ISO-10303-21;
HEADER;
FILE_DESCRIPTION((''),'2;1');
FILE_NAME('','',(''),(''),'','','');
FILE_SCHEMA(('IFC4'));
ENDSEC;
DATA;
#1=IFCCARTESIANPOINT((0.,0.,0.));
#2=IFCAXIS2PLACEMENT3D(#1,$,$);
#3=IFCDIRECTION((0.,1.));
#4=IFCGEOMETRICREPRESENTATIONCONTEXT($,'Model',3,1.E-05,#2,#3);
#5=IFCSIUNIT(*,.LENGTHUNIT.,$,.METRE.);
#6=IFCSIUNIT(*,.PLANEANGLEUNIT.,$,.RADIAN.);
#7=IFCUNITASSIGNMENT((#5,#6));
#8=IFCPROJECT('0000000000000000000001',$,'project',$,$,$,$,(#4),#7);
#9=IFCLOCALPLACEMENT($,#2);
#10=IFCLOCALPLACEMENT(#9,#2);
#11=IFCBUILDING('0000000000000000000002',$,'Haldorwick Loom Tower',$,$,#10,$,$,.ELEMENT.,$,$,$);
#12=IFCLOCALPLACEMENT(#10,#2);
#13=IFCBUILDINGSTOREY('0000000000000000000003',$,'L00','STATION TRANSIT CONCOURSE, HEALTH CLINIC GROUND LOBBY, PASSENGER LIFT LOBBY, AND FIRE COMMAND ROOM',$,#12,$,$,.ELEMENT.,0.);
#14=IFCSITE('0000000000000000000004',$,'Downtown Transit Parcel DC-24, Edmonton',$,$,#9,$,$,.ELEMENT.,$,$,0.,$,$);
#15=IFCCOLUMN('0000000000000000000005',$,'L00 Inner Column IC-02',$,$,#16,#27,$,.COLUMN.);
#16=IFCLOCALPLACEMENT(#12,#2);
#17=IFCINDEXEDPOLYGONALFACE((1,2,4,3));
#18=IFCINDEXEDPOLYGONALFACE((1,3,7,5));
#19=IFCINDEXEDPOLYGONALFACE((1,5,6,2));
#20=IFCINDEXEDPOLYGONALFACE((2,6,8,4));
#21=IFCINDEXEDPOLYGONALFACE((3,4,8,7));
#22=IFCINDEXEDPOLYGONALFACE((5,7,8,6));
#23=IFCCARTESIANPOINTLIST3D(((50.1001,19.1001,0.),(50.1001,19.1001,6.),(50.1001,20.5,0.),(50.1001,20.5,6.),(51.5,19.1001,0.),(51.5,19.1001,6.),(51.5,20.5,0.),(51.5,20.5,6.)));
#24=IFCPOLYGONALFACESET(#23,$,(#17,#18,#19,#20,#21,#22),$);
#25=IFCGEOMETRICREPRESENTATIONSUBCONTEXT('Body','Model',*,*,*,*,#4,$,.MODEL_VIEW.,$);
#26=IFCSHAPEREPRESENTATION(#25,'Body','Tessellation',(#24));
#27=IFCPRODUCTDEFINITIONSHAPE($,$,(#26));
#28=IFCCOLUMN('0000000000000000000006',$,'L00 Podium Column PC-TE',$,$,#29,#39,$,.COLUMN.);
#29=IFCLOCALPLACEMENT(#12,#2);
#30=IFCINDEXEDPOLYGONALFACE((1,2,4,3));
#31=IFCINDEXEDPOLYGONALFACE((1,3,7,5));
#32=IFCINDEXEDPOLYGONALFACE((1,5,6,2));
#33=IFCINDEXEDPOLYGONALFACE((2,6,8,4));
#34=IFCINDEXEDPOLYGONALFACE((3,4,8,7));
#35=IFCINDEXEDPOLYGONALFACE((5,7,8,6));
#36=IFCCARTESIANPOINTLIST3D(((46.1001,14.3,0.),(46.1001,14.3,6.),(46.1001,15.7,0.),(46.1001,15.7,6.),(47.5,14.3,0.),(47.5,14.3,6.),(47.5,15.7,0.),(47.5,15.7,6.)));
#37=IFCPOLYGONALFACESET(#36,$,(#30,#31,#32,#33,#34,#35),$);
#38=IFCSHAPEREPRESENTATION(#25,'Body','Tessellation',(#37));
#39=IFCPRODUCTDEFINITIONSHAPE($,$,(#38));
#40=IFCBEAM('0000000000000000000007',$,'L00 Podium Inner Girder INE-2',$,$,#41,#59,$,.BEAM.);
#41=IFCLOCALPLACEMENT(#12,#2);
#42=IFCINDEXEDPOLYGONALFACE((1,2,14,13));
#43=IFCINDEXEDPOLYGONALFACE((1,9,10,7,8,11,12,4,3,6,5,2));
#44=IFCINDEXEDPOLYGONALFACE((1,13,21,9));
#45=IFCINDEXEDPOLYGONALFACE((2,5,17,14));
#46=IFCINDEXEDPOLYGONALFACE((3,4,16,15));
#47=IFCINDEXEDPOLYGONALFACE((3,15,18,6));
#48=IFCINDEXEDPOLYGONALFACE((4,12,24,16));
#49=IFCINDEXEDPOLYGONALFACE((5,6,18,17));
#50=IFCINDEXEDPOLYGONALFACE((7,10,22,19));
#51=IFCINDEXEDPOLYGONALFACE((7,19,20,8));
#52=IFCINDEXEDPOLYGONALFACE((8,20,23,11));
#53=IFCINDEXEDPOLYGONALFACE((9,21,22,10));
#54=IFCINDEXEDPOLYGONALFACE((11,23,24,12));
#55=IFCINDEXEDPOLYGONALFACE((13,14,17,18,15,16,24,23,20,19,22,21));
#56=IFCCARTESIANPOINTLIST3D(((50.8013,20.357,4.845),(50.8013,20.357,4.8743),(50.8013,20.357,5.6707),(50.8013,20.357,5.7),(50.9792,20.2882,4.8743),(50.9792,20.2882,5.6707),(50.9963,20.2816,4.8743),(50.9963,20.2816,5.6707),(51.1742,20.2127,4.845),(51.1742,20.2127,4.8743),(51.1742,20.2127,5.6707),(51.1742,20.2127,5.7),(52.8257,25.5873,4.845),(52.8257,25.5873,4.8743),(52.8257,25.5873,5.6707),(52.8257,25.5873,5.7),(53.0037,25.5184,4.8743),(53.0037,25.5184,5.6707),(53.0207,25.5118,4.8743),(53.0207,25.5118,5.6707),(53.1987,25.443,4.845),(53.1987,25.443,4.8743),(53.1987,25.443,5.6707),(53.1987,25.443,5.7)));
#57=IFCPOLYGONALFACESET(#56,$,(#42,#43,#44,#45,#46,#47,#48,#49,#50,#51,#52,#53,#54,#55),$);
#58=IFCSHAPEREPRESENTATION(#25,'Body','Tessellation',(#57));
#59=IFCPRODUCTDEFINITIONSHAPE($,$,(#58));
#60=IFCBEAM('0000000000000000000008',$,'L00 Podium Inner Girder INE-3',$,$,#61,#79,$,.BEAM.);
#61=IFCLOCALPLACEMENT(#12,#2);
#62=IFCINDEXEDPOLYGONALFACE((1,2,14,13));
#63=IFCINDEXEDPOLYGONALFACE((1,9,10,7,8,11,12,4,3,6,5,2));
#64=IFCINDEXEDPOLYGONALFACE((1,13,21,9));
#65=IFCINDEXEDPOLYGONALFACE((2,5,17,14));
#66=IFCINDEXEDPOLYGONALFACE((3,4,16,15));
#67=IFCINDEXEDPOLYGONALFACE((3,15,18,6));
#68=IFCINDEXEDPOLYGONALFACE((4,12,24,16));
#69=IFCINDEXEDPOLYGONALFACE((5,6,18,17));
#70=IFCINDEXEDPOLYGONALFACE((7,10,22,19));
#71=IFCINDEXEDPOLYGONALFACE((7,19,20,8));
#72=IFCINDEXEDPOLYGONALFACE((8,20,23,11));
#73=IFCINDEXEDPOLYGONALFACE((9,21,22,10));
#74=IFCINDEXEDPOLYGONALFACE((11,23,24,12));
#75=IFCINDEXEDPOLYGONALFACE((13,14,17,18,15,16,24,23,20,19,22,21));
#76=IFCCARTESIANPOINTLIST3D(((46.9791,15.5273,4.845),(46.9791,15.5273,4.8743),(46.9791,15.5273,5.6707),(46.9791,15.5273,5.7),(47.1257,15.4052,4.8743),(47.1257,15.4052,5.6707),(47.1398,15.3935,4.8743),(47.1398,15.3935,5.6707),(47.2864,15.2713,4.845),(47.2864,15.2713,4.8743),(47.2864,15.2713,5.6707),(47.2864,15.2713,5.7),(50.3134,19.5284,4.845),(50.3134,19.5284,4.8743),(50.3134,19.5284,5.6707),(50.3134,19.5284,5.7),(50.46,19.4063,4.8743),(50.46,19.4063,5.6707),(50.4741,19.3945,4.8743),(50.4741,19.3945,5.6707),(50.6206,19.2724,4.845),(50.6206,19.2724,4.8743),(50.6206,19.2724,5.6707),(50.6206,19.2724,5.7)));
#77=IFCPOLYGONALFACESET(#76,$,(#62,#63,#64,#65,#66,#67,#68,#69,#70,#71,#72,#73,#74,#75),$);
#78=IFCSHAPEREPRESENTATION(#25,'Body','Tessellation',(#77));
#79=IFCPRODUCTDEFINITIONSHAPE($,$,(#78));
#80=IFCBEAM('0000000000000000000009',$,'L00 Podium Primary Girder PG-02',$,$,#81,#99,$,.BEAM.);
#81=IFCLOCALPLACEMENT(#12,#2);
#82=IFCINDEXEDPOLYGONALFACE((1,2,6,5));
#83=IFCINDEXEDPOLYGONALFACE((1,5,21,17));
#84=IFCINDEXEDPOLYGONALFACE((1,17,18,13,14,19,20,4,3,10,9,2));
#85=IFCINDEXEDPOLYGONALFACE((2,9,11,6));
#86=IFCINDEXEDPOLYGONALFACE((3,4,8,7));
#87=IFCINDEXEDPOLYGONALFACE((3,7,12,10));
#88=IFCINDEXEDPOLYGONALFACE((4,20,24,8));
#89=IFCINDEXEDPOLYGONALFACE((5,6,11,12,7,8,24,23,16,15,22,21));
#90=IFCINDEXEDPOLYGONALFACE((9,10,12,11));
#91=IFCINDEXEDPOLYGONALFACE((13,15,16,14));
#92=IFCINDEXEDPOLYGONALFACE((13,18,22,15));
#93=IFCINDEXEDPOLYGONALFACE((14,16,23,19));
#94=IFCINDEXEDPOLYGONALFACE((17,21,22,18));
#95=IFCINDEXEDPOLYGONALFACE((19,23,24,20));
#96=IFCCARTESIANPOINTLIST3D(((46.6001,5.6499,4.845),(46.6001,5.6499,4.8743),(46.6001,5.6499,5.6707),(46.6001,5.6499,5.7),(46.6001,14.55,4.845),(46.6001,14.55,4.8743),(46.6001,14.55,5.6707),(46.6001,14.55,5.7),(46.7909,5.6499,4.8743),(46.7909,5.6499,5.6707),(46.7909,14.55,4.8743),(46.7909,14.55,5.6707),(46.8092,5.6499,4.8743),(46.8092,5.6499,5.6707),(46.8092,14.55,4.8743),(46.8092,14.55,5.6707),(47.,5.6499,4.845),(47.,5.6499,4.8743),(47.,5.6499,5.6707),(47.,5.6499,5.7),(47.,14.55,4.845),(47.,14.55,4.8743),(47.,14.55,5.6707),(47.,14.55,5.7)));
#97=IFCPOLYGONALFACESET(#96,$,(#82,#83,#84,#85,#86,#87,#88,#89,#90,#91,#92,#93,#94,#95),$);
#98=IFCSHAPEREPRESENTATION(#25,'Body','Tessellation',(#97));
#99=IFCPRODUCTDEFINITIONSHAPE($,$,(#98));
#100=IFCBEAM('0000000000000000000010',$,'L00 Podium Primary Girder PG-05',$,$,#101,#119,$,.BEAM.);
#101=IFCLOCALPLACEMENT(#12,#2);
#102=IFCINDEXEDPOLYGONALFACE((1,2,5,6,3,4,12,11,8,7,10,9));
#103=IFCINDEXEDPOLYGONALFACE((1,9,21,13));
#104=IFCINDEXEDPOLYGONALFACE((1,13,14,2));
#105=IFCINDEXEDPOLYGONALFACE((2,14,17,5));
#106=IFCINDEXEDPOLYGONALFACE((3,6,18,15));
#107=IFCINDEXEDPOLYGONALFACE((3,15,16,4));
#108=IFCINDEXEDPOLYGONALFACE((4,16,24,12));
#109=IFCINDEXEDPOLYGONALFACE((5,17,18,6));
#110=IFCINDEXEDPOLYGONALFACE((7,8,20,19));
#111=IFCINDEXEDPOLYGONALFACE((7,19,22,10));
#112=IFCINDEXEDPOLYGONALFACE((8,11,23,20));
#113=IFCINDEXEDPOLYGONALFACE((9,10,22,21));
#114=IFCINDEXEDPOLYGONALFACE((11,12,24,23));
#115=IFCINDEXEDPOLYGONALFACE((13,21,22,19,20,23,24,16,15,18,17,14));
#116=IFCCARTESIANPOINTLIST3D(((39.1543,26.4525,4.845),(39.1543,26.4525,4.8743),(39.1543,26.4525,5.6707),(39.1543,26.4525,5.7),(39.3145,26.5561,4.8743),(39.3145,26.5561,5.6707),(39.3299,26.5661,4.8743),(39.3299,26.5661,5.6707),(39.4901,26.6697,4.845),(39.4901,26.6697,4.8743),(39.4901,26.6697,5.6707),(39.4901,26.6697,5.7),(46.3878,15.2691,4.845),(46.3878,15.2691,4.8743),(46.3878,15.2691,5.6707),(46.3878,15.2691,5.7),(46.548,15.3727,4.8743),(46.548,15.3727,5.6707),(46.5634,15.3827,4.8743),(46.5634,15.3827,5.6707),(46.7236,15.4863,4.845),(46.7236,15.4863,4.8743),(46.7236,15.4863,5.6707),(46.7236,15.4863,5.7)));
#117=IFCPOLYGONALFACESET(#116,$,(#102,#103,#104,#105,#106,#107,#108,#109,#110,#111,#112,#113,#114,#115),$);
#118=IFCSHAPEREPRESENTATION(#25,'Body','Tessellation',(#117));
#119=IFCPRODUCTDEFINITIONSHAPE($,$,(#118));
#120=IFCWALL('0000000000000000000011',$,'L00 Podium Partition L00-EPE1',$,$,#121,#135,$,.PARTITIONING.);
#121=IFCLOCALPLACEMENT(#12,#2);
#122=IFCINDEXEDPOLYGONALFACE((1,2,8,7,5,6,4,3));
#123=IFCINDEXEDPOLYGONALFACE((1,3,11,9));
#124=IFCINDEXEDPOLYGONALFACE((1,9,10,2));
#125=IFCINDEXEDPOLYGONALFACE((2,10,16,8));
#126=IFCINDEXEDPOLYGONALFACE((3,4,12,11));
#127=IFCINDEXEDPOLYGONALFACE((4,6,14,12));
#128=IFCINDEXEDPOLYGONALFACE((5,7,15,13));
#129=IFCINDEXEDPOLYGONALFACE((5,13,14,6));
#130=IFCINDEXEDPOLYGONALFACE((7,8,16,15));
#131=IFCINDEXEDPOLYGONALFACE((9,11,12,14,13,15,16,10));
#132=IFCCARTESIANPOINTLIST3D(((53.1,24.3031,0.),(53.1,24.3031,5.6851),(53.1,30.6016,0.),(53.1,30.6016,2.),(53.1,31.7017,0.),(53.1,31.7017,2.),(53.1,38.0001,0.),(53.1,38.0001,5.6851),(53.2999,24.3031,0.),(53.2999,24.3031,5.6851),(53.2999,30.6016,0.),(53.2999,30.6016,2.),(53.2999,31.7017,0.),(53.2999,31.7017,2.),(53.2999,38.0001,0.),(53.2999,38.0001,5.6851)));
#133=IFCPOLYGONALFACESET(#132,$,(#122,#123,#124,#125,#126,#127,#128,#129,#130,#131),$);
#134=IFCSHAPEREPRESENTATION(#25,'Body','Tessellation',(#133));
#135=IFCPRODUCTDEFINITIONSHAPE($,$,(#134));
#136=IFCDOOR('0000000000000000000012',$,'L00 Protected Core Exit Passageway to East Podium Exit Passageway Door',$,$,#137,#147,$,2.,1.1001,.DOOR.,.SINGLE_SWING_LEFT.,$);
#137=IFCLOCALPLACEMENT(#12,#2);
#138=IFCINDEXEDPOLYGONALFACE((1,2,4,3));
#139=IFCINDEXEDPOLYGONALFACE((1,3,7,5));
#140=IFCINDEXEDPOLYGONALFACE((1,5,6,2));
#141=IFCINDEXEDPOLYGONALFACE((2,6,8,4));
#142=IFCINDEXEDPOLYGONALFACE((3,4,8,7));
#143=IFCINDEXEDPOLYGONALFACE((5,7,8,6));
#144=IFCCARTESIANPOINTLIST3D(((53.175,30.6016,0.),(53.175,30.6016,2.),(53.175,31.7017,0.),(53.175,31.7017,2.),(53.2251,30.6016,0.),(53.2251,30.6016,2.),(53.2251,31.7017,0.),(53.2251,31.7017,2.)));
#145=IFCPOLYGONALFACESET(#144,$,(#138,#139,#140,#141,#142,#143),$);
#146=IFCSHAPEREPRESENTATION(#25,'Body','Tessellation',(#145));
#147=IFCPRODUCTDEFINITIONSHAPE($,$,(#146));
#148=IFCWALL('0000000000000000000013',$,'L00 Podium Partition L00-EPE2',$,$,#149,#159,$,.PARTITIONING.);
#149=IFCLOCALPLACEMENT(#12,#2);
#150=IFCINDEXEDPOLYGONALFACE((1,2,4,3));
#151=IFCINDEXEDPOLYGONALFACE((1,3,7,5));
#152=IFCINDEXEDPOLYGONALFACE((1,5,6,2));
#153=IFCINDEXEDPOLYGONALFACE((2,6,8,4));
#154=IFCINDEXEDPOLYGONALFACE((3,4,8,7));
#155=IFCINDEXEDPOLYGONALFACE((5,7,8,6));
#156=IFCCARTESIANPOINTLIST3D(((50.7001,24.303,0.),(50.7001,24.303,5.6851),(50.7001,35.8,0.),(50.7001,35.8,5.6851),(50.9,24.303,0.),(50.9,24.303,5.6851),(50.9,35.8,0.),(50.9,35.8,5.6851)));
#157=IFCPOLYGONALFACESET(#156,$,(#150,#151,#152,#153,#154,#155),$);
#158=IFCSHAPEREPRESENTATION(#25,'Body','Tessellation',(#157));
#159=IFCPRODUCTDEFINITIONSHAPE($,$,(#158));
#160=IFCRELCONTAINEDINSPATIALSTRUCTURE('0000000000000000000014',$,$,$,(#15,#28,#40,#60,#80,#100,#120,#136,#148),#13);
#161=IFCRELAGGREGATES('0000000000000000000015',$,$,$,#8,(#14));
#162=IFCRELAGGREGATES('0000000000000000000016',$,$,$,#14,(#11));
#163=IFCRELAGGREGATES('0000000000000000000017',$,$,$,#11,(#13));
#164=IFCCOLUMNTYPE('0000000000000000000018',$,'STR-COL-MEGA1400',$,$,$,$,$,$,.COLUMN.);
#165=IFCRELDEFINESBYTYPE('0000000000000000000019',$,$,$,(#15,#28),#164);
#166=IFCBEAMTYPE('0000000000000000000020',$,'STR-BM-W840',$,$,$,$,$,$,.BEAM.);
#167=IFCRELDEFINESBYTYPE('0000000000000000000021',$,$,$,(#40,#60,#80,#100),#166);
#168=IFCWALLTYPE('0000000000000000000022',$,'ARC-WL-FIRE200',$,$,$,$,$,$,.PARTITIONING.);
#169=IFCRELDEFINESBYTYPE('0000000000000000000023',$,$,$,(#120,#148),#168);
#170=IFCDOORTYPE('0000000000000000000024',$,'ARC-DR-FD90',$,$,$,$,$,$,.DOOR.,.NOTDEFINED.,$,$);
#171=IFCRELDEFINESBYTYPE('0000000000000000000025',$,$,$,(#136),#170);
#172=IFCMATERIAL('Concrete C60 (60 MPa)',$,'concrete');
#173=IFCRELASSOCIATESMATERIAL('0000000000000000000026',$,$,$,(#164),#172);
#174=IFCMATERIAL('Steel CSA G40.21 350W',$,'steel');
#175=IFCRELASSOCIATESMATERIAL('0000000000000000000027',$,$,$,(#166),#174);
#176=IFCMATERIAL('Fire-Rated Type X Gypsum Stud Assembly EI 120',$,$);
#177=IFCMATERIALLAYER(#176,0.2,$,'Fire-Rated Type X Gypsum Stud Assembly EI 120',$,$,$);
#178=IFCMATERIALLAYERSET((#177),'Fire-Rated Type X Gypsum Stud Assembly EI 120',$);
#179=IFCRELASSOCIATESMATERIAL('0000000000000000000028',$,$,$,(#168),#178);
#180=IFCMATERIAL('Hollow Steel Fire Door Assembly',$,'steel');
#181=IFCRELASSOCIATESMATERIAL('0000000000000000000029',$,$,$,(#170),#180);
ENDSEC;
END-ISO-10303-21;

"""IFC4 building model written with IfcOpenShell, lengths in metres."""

from ifc_helpers import new_model, si_unit, direction, frame, frame_2d, origin, origin_2d, place, context, subcontext, project, spatial, rectangle, i_section, extrude, material, layer, layer_set, material_profile, profile_set, type_object, element, fill, save


model = new_model("IFC4")

# Units and contexts
model_context = context("Model", 3, precision=1e-05, world=origin(), true_north=direction((0.0, 1.0)))
body_context = subcontext(model_context, "Body", "Model", "MODEL_VIEW")
ifc_project = project(units=[si_unit("LENGTHUNIT", "METRE"), si_unit("PLANEANGLEUNIT", "RADIAN")], contexts=[model_context])

# Site, building, storey
site_placement = place(None, origin())
site = spatial("IfcSite", under=ifc_project, at=site_placement, Name="Downtown Transit Parcel DC-24, Edmonton", CompositionType="ELEMENT", RefElevation=0.0)
building_placement = place(site_placement, origin())
building = spatial("IfcBuilding", under=site, at=building_placement, Name="Haldorwick Loom Tower", CompositionType="ELEMENT")
storey_placement = place(building_placement, origin())
storey = spatial("IfcBuildingStorey", under=building, at=storey_placement, Name="L00", Description="STATION TRANSIT CONCOURSE, HEALTH CLINIC GROUND LOBBY, PASSENGER LIFT LOBBY, AND FIRE COMMAND ROOM", CompositionType="ELEMENT", Elevation=0.0)

# Columns
ifc_material_1 = material(Name="Concrete C60 (60 MPa)", Category="concrete")
ifc_material_profile_1 = material_profile(ifc_material_1, rectangle(XDim=1.3999, YDim=1.3999, at=origin_2d()), Name="RC1400X1400", Category="concrete")
ifc_profile_set_1 = profile_set([ifc_material_profile_1], Name="Concrete C60 (60 MPa)")
column_type = type_object("IfcColumnType", Name="STR-COL-MEGA1400", PredefinedType="COLUMN", material=ifc_profile_set_1)
for number, where, z_axis, x_axis, name in (
    (1, (50.8, 19.8, 0.0), (0.0, 0.0, 1.0), (1.0, 0.0, 0.0), "L00 Inner Column IC-02"),
    (2, (46.8, 15.0, 0.0), (0.0, 0.0, 1.0), (1.0, 0.0, 0.0), "L00 Podium Column PC-TE"),
):
    element("IfcColumn", number, at=place(storey_placement, frame(where, z_axis=z_axis, x_axis=x_axis)), inside=storey, type_object=column_type, Name=name, PredefinedType="COLUMN", context=body_context, shape_type="SweptSolid", body=[
        extrude(rectangle(XDim=1.3999, YDim=1.3999, at=origin_2d()), origin(), (0.0, 0.0, 1.0), 6.0),
    ])

# Beams
ifc_material_2 = material(Name="Steel CSA G40.21 350W", Category="steel")
ifc_material_profile_2 = material_profile(ifc_material_2, i_section(OverallWidth=0.3999, OverallDepth=0.855, WebThickness=0.0183, FlangeThickness=0.0293, at=origin_2d()), Name="W840X299", Category="steel")
ifc_profile_set_2 = profile_set([ifc_material_profile_2], Name="Steel CSA G40.21 350W")
beam_type = type_object("IfcBeamType", Name="STR-BM-W840", PredefinedType="BEAM", material=ifc_profile_set_2)
beam_1_placement = place(storey_placement, frame((53.0122, 25.5151, 5.2725), z_axis=(-0.360965, -0.932579, 0.0), x_axis=(0.932579, -0.360965, 0.0)))
element("IfcBeam", 3, at=beam_1_placement, inside=storey, type_object=beam_type, Name="L00 Podium Inner Girder INE-2", PredefinedType="BEAM", context=body_context, shape_type="SweptSolid", body=[
    extrude(i_section(OverallWidth=0.3999, OverallDepth=0.855, WebThickness=0.0183, FlangeThickness=0.0293, at=origin_2d()), origin(), (0.0, 0.0, 1.0), 5.6084),
])
beam_2_placement = place(storey_placement, frame((50.467, 19.4004, 5.2725), z_axis=(-0.640194, -0.768214, 0.0), x_axis=(0.768214, -0.640194, 0.0)))
element("IfcBeam", 4, at=beam_2_placement, inside=storey, type_object=beam_type, Name="L00 Podium Inner Girder INE-3", PredefinedType="BEAM", context=body_context, shape_type="SweptSolid", body=[
    extrude(i_section(OverallWidth=0.3999, OverallDepth=0.855, WebThickness=0.0183, FlangeThickness=0.0293, at=origin_2d()), origin(), (0.0, 0.0, 1.0), 5.2083),
])
beam_3_placement = place(storey_placement, frame((46.8, 5.6499, 5.2725), z_axis=(0.0, 1.0, 0.0), x_axis=(-1.0, 0.0, 0.0)))
element("IfcBeam", 5, at=beam_3_placement, inside=storey, type_object=beam_type, Name="L00 Podium Primary Girder PG-02", PredefinedType="BEAM", context=body_context, shape_type="SweptSolid", body=[
    extrude(i_section(OverallWidth=0.3999, OverallDepth=0.855, WebThickness=0.0183, FlangeThickness=0.0293, at=origin_2d()), origin(), (0.0, 0.0, 1.0), 8.9001),
])
beam_4_placement = place(storey_placement, frame((46.5557, 15.3777, 5.2725), z_axis=(-0.543098, 0.839669, 0.0), x_axis=(-0.839669, -0.543098, 0.0)))
element("IfcBeam", 6, at=beam_4_placement, inside=storey, type_object=beam_type, Name="L00 Podium Primary Girder PG-05", PredefinedType="BEAM", context=body_context, shape_type="SweptSolid", body=[
    extrude(i_section(OverallWidth=0.3999, OverallDepth=0.855, WebThickness=0.0183, FlangeThickness=0.0293, at=origin_2d()), origin(), (0.0, 0.0, 1.0), 13.3188),
])

# Wall, opening, door
ifc_material_3 = material(Name="Fire-Rated Type X Gypsum Stud Assembly EI 120")
ifc_layer_1 = layer(ifc_material_3, 0.2, Name="Fire-Rated Type X Gypsum Stud Assembly EI 120")
ifc_layer_set_1 = layer_set([ifc_layer_1], Name="Fire-Rated Type X Gypsum Stud Assembly EI 120")
wall_type_1 = type_object("IfcWallType", Name="ARC-WL-FIRE200", PredefinedType="PARTITIONING", material=ifc_layer_set_1)
wall_1_placement = place(storey_placement, frame((53.2, 24.303, 0.0), z_axis=(0.0, 0.0, 1.0), x_axis=(0.0, 1.0, 0.0)))
wall_1 = element("IfcWall", 7, at=wall_1_placement, inside=storey, type_object=wall_type_1, Name="L00 Podium Partition L00-EPE1", PredefinedType="PARTITIONING", context=body_context, shape_type="SweptSolid", body=[
    extrude(rectangle(XDim=13.697, YDim=0.2, at=frame_2d((6.8486, 0.0))), origin(), (0.0, 0.0, 1.0), 5.6851),
])
opening_1_placement = place(wall_1_placement, frame((6.2986, 0.0, 0.0)))
opening_1 = element("IfcOpeningElement", 8, at=opening_1_placement, cuts=wall_1, PredefinedType="OPENING", context=body_context, shape_type="SweptSolid", body=[
    extrude(rectangle(XDim=1.1001, YDim=2.0, at=frame_2d((0.55, 1.0))), frame((0.0, 0.1099, 0.0), z_axis=(0.0, -1.0, 0.0), x_axis=(1.0, 0.0, 0.0)), (0.0, 0.0, 1.0), 0.22),
])
ifc_material_4 = material(Name="Hollow Steel Fire Door Assembly", Category="steel")
door_type = type_object("IfcDoorType", Name="ARC-DR-FD90", OperationType="NOTDEFINED", PredefinedType="DOOR", material=ifc_material_4)
door_1_placement = place(opening_1_placement, origin())
door_1 = element("IfcDoor", 9, at=door_1_placement, inside=storey, type_object=door_type, Name="L00 Protected Core Exit Passageway to East Podium Exit Passageway Door", OperationType="SINGLE_SWING_LEFT", OverallHeight=2.0, OverallWidth=1.1001, PredefinedType="DOOR", context=body_context, shape_type="SweptSolid", body=[
    extrude(rectangle(XDim=1.1001, YDim=2.0, at=frame_2d((0.55, 1.0))), frame((0.0, 0.0249, 0.0), z_axis=(0.0, -1.0, 0.0), x_axis=(1.0, 0.0, 0.0)), (0.0, 0.0, 1.0), 0.05),
])
fill(opening_1, door_1)

# Wall
wall_2_placement = place(storey_placement, frame((50.8, 24.303, 0.0), z_axis=(0.0, 0.0, 1.0), x_axis=(0.0, 1.0, 0.0)))
element("IfcWall", 10, at=wall_2_placement, inside=storey, type_object=wall_type_1, Name="L00 Podium Partition L00-EPE2", PredefinedType="PARTITIONING", context=body_context, shape_type="SweptSolid", body=[
    extrude(rectangle(XDim=11.4971, YDim=0.2, at=frame_2d((5.7485, 0.0))), origin(), (0.0, 0.0, 1.0), 5.6851),
])

save(model, "model.ifc")
